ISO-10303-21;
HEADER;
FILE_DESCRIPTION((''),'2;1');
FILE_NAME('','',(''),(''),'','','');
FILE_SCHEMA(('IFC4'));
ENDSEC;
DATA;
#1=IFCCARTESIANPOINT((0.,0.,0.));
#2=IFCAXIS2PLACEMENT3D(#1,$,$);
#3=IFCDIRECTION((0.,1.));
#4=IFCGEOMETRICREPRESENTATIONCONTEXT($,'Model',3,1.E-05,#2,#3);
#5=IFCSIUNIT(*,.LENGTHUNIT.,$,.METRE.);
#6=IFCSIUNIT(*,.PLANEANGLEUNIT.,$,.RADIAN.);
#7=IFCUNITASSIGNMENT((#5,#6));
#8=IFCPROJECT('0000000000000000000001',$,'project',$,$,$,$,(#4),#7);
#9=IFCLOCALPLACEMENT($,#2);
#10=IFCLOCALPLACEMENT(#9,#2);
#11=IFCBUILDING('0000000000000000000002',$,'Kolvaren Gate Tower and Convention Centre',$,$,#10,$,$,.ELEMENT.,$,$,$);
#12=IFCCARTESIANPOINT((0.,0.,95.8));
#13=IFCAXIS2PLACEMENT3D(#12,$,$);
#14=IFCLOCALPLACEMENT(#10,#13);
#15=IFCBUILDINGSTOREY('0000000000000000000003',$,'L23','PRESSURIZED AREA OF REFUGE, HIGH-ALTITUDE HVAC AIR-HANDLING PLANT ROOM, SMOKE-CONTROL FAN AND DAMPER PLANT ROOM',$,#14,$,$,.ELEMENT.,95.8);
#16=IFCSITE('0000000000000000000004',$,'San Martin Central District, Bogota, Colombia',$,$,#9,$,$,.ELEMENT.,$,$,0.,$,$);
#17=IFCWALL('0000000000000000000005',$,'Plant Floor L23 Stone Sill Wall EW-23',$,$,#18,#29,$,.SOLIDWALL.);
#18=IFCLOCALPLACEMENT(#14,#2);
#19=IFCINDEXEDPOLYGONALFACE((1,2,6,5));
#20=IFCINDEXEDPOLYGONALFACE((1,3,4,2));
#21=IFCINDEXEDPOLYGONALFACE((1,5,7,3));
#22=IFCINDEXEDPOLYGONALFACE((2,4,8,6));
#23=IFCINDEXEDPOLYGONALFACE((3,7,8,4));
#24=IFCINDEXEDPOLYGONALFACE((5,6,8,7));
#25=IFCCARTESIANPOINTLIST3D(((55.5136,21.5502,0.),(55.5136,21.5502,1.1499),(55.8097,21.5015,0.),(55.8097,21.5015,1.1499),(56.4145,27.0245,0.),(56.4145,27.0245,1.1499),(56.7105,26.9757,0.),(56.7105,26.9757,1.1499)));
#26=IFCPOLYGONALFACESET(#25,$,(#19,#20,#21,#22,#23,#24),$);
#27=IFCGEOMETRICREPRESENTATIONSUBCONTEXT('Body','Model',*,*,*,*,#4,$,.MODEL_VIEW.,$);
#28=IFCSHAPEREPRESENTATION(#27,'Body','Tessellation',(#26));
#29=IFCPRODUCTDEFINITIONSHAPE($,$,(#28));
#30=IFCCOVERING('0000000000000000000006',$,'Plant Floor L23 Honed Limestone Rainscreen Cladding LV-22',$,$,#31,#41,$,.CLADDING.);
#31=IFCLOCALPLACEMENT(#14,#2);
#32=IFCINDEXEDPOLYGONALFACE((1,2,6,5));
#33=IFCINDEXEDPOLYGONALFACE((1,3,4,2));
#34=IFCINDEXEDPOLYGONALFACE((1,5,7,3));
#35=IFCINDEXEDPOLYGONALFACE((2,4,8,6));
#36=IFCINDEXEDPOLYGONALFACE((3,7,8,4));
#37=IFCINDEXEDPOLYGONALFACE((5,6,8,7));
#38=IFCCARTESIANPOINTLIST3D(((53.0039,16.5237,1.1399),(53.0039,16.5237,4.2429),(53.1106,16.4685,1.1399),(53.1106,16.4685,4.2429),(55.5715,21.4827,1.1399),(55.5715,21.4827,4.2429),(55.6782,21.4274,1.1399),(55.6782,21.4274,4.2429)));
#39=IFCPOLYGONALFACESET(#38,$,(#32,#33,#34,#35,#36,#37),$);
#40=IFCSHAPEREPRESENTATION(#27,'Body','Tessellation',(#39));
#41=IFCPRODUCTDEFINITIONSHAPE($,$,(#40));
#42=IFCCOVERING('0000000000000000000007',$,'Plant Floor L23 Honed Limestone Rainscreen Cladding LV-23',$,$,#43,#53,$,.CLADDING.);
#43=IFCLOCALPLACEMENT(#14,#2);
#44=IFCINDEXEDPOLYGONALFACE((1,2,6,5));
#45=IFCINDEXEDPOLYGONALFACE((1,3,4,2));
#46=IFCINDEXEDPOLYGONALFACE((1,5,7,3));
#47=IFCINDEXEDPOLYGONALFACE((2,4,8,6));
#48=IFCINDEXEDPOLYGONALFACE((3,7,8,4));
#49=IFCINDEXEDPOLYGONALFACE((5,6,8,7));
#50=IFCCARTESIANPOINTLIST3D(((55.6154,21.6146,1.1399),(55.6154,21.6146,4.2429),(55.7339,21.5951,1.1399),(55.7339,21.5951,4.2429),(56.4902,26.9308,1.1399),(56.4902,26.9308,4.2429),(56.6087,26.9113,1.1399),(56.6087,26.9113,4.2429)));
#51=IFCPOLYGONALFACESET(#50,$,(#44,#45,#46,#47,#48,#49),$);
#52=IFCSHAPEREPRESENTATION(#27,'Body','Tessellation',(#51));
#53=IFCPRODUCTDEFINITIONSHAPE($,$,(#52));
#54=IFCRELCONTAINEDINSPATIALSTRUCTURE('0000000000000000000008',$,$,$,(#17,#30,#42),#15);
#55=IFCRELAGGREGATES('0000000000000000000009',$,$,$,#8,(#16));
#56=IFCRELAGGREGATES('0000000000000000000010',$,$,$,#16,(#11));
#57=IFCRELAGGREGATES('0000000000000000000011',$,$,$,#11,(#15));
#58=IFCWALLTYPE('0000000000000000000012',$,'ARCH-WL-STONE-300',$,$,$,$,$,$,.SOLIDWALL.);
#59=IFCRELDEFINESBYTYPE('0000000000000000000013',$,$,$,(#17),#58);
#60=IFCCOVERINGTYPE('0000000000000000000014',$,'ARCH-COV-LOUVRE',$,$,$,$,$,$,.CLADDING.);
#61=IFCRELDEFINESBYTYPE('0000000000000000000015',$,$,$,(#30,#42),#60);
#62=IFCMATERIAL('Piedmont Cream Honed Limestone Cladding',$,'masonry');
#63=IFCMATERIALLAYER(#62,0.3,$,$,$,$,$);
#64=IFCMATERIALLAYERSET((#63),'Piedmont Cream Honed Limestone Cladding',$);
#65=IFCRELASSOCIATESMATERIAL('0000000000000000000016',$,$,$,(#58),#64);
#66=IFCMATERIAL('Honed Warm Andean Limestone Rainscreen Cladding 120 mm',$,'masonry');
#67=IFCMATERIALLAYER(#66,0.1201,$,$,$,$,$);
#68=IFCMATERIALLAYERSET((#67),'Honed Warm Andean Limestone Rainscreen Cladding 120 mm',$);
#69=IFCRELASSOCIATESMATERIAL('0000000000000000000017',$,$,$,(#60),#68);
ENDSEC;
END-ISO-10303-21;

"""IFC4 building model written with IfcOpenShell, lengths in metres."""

from ifc_helpers import new_model, si_unit, direction, frame, frame_2d, origin, origin_2d, place, context, subcontext, project, spatial, rectangle, extrude, material, layer, layer_set, type_object, element, save


model = new_model("IFC4")

# Units and contexts
model_context = context("Model", 3, precision=1e-05, world=origin(), true_north=direction((0.0, 1.0)))
body_context = subcontext(model_context, "Body", "Model", "MODEL_VIEW")
ifc_project = project(units=[si_unit("LENGTHUNIT", "METRE"), si_unit("PLANEANGLEUNIT", "RADIAN")], contexts=[model_context])

# Site, building, storey
site_placement = place(None, origin())
site = spatial("IfcSite", under=ifc_project, at=site_placement, Name="San Martin Central District, Bogota, Colombia", CompositionType="ELEMENT", RefElevation=0.0)
building_placement = place(site_placement, origin())
building = spatial("IfcBuilding", under=site, at=building_placement, Name="Kolvaren Gate Tower and Convention Centre", CompositionType="ELEMENT")
storey_placement = place(building_placement, frame((0.0, 0.0, 95.8)))
storey = spatial("IfcBuildingStorey", under=building, at=storey_placement, Name="L23", Description="PRESSURIZED AREA OF REFUGE, HIGH-ALTITUDE HVAC AIR-HANDLING PLANT ROOM, SMOKE-CONTROL FAN AND DAMPER PLANT ROOM", CompositionType="ELEMENT", Elevation=95.8)

# Wall
ifc_material_1 = material(Name="Piedmont Cream Honed Limestone Cladding", Category="masonry")
ifc_layer_1 = layer(ifc_material_1, 0.3)
ifc_layer_set_1 = layer_set([ifc_layer_1], Name="Piedmont Cream Honed Limestone Cladding")
wall_type_1 = type_object("IfcWallType", Name="ARCH-WL-STONE-300", PredefinedType="SOLIDWALL", material=ifc_layer_set_1)
wall_1_placement = place(storey_placement, frame((55.6616, 21.5259, 0.0), z_axis=(0.0, 0.0, 1.0), x_axis=(0.162386, 0.986727, 0.0)))
element("IfcWall", 1, at=wall_1_placement, inside=storey, type_object=wall_type_1, Name="Plant Floor L23 Stone Sill Wall EW-23", PredefinedType="SOLIDWALL", context=body_context, shape_type="SweptSolid", body=[
    extrude(rectangle(XDim=5.5479, YDim=0.3, at=frame_2d((2.7739, 0.0))), origin(), (0.0, 0.0, 1.0), 1.1499),
])

# Coverings
ifc_material_2 = material(Name="Honed Warm Andean Limestone Rainscreen Cladding 120 mm", Category="masonry")
ifc_layer_2 = layer(ifc_material_2, 0.1201)
ifc_layer_set_2 = layer_set([ifc_layer_2], Name="Honed Warm Andean Limestone Rainscreen Cladding 120 mm")
covering_type = type_object("IfcCoveringType", Name="ARCH-COV-LOUVRE", PredefinedType="CLADDING", material=ifc_layer_set_2)
covering_1_placement = place(storey_placement, frame((54.3411, 18.9756, 1.1399), z_axis=(0.0, 0.0, 1.0), x_axis=(0.459802, 0.888022, 0.0)))
element("IfcCovering", 2, at=covering_1_placement, inside=storey, type_object=covering_type, Name="Plant Floor L23 Honed Limestone Rainscreen Cladding LV-22", PredefinedType="CLADDING", context=body_context, shape_type="SweptSolid", body=[
    extrude(rectangle(XDim=5.5842, YDim=0.1201, at=origin_2d()), origin(), (0.0, 0.0, 1.0), 3.103),
])
covering_2_placement = place(storey_placement, frame((56.1121, 24.2629, 1.1399), z_axis=(0.0, 0.0, 1.0), x_axis=(0.162375, 0.986729, 0.0)))
element("IfcCovering", 3, at=covering_2_placement, inside=storey, type_object=covering_type, Name="Plant Floor L23 Honed Limestone Rainscreen Cladding LV-23", PredefinedType="CLADDING", context=body_context, shape_type="SweptSolid", body=[
    extrude(rectangle(XDim=5.3877, YDim=0.1201, at=origin_2d()), origin(), (0.0, 0.0, 1.0), 3.103),
])

save(model, "model.ifc")
